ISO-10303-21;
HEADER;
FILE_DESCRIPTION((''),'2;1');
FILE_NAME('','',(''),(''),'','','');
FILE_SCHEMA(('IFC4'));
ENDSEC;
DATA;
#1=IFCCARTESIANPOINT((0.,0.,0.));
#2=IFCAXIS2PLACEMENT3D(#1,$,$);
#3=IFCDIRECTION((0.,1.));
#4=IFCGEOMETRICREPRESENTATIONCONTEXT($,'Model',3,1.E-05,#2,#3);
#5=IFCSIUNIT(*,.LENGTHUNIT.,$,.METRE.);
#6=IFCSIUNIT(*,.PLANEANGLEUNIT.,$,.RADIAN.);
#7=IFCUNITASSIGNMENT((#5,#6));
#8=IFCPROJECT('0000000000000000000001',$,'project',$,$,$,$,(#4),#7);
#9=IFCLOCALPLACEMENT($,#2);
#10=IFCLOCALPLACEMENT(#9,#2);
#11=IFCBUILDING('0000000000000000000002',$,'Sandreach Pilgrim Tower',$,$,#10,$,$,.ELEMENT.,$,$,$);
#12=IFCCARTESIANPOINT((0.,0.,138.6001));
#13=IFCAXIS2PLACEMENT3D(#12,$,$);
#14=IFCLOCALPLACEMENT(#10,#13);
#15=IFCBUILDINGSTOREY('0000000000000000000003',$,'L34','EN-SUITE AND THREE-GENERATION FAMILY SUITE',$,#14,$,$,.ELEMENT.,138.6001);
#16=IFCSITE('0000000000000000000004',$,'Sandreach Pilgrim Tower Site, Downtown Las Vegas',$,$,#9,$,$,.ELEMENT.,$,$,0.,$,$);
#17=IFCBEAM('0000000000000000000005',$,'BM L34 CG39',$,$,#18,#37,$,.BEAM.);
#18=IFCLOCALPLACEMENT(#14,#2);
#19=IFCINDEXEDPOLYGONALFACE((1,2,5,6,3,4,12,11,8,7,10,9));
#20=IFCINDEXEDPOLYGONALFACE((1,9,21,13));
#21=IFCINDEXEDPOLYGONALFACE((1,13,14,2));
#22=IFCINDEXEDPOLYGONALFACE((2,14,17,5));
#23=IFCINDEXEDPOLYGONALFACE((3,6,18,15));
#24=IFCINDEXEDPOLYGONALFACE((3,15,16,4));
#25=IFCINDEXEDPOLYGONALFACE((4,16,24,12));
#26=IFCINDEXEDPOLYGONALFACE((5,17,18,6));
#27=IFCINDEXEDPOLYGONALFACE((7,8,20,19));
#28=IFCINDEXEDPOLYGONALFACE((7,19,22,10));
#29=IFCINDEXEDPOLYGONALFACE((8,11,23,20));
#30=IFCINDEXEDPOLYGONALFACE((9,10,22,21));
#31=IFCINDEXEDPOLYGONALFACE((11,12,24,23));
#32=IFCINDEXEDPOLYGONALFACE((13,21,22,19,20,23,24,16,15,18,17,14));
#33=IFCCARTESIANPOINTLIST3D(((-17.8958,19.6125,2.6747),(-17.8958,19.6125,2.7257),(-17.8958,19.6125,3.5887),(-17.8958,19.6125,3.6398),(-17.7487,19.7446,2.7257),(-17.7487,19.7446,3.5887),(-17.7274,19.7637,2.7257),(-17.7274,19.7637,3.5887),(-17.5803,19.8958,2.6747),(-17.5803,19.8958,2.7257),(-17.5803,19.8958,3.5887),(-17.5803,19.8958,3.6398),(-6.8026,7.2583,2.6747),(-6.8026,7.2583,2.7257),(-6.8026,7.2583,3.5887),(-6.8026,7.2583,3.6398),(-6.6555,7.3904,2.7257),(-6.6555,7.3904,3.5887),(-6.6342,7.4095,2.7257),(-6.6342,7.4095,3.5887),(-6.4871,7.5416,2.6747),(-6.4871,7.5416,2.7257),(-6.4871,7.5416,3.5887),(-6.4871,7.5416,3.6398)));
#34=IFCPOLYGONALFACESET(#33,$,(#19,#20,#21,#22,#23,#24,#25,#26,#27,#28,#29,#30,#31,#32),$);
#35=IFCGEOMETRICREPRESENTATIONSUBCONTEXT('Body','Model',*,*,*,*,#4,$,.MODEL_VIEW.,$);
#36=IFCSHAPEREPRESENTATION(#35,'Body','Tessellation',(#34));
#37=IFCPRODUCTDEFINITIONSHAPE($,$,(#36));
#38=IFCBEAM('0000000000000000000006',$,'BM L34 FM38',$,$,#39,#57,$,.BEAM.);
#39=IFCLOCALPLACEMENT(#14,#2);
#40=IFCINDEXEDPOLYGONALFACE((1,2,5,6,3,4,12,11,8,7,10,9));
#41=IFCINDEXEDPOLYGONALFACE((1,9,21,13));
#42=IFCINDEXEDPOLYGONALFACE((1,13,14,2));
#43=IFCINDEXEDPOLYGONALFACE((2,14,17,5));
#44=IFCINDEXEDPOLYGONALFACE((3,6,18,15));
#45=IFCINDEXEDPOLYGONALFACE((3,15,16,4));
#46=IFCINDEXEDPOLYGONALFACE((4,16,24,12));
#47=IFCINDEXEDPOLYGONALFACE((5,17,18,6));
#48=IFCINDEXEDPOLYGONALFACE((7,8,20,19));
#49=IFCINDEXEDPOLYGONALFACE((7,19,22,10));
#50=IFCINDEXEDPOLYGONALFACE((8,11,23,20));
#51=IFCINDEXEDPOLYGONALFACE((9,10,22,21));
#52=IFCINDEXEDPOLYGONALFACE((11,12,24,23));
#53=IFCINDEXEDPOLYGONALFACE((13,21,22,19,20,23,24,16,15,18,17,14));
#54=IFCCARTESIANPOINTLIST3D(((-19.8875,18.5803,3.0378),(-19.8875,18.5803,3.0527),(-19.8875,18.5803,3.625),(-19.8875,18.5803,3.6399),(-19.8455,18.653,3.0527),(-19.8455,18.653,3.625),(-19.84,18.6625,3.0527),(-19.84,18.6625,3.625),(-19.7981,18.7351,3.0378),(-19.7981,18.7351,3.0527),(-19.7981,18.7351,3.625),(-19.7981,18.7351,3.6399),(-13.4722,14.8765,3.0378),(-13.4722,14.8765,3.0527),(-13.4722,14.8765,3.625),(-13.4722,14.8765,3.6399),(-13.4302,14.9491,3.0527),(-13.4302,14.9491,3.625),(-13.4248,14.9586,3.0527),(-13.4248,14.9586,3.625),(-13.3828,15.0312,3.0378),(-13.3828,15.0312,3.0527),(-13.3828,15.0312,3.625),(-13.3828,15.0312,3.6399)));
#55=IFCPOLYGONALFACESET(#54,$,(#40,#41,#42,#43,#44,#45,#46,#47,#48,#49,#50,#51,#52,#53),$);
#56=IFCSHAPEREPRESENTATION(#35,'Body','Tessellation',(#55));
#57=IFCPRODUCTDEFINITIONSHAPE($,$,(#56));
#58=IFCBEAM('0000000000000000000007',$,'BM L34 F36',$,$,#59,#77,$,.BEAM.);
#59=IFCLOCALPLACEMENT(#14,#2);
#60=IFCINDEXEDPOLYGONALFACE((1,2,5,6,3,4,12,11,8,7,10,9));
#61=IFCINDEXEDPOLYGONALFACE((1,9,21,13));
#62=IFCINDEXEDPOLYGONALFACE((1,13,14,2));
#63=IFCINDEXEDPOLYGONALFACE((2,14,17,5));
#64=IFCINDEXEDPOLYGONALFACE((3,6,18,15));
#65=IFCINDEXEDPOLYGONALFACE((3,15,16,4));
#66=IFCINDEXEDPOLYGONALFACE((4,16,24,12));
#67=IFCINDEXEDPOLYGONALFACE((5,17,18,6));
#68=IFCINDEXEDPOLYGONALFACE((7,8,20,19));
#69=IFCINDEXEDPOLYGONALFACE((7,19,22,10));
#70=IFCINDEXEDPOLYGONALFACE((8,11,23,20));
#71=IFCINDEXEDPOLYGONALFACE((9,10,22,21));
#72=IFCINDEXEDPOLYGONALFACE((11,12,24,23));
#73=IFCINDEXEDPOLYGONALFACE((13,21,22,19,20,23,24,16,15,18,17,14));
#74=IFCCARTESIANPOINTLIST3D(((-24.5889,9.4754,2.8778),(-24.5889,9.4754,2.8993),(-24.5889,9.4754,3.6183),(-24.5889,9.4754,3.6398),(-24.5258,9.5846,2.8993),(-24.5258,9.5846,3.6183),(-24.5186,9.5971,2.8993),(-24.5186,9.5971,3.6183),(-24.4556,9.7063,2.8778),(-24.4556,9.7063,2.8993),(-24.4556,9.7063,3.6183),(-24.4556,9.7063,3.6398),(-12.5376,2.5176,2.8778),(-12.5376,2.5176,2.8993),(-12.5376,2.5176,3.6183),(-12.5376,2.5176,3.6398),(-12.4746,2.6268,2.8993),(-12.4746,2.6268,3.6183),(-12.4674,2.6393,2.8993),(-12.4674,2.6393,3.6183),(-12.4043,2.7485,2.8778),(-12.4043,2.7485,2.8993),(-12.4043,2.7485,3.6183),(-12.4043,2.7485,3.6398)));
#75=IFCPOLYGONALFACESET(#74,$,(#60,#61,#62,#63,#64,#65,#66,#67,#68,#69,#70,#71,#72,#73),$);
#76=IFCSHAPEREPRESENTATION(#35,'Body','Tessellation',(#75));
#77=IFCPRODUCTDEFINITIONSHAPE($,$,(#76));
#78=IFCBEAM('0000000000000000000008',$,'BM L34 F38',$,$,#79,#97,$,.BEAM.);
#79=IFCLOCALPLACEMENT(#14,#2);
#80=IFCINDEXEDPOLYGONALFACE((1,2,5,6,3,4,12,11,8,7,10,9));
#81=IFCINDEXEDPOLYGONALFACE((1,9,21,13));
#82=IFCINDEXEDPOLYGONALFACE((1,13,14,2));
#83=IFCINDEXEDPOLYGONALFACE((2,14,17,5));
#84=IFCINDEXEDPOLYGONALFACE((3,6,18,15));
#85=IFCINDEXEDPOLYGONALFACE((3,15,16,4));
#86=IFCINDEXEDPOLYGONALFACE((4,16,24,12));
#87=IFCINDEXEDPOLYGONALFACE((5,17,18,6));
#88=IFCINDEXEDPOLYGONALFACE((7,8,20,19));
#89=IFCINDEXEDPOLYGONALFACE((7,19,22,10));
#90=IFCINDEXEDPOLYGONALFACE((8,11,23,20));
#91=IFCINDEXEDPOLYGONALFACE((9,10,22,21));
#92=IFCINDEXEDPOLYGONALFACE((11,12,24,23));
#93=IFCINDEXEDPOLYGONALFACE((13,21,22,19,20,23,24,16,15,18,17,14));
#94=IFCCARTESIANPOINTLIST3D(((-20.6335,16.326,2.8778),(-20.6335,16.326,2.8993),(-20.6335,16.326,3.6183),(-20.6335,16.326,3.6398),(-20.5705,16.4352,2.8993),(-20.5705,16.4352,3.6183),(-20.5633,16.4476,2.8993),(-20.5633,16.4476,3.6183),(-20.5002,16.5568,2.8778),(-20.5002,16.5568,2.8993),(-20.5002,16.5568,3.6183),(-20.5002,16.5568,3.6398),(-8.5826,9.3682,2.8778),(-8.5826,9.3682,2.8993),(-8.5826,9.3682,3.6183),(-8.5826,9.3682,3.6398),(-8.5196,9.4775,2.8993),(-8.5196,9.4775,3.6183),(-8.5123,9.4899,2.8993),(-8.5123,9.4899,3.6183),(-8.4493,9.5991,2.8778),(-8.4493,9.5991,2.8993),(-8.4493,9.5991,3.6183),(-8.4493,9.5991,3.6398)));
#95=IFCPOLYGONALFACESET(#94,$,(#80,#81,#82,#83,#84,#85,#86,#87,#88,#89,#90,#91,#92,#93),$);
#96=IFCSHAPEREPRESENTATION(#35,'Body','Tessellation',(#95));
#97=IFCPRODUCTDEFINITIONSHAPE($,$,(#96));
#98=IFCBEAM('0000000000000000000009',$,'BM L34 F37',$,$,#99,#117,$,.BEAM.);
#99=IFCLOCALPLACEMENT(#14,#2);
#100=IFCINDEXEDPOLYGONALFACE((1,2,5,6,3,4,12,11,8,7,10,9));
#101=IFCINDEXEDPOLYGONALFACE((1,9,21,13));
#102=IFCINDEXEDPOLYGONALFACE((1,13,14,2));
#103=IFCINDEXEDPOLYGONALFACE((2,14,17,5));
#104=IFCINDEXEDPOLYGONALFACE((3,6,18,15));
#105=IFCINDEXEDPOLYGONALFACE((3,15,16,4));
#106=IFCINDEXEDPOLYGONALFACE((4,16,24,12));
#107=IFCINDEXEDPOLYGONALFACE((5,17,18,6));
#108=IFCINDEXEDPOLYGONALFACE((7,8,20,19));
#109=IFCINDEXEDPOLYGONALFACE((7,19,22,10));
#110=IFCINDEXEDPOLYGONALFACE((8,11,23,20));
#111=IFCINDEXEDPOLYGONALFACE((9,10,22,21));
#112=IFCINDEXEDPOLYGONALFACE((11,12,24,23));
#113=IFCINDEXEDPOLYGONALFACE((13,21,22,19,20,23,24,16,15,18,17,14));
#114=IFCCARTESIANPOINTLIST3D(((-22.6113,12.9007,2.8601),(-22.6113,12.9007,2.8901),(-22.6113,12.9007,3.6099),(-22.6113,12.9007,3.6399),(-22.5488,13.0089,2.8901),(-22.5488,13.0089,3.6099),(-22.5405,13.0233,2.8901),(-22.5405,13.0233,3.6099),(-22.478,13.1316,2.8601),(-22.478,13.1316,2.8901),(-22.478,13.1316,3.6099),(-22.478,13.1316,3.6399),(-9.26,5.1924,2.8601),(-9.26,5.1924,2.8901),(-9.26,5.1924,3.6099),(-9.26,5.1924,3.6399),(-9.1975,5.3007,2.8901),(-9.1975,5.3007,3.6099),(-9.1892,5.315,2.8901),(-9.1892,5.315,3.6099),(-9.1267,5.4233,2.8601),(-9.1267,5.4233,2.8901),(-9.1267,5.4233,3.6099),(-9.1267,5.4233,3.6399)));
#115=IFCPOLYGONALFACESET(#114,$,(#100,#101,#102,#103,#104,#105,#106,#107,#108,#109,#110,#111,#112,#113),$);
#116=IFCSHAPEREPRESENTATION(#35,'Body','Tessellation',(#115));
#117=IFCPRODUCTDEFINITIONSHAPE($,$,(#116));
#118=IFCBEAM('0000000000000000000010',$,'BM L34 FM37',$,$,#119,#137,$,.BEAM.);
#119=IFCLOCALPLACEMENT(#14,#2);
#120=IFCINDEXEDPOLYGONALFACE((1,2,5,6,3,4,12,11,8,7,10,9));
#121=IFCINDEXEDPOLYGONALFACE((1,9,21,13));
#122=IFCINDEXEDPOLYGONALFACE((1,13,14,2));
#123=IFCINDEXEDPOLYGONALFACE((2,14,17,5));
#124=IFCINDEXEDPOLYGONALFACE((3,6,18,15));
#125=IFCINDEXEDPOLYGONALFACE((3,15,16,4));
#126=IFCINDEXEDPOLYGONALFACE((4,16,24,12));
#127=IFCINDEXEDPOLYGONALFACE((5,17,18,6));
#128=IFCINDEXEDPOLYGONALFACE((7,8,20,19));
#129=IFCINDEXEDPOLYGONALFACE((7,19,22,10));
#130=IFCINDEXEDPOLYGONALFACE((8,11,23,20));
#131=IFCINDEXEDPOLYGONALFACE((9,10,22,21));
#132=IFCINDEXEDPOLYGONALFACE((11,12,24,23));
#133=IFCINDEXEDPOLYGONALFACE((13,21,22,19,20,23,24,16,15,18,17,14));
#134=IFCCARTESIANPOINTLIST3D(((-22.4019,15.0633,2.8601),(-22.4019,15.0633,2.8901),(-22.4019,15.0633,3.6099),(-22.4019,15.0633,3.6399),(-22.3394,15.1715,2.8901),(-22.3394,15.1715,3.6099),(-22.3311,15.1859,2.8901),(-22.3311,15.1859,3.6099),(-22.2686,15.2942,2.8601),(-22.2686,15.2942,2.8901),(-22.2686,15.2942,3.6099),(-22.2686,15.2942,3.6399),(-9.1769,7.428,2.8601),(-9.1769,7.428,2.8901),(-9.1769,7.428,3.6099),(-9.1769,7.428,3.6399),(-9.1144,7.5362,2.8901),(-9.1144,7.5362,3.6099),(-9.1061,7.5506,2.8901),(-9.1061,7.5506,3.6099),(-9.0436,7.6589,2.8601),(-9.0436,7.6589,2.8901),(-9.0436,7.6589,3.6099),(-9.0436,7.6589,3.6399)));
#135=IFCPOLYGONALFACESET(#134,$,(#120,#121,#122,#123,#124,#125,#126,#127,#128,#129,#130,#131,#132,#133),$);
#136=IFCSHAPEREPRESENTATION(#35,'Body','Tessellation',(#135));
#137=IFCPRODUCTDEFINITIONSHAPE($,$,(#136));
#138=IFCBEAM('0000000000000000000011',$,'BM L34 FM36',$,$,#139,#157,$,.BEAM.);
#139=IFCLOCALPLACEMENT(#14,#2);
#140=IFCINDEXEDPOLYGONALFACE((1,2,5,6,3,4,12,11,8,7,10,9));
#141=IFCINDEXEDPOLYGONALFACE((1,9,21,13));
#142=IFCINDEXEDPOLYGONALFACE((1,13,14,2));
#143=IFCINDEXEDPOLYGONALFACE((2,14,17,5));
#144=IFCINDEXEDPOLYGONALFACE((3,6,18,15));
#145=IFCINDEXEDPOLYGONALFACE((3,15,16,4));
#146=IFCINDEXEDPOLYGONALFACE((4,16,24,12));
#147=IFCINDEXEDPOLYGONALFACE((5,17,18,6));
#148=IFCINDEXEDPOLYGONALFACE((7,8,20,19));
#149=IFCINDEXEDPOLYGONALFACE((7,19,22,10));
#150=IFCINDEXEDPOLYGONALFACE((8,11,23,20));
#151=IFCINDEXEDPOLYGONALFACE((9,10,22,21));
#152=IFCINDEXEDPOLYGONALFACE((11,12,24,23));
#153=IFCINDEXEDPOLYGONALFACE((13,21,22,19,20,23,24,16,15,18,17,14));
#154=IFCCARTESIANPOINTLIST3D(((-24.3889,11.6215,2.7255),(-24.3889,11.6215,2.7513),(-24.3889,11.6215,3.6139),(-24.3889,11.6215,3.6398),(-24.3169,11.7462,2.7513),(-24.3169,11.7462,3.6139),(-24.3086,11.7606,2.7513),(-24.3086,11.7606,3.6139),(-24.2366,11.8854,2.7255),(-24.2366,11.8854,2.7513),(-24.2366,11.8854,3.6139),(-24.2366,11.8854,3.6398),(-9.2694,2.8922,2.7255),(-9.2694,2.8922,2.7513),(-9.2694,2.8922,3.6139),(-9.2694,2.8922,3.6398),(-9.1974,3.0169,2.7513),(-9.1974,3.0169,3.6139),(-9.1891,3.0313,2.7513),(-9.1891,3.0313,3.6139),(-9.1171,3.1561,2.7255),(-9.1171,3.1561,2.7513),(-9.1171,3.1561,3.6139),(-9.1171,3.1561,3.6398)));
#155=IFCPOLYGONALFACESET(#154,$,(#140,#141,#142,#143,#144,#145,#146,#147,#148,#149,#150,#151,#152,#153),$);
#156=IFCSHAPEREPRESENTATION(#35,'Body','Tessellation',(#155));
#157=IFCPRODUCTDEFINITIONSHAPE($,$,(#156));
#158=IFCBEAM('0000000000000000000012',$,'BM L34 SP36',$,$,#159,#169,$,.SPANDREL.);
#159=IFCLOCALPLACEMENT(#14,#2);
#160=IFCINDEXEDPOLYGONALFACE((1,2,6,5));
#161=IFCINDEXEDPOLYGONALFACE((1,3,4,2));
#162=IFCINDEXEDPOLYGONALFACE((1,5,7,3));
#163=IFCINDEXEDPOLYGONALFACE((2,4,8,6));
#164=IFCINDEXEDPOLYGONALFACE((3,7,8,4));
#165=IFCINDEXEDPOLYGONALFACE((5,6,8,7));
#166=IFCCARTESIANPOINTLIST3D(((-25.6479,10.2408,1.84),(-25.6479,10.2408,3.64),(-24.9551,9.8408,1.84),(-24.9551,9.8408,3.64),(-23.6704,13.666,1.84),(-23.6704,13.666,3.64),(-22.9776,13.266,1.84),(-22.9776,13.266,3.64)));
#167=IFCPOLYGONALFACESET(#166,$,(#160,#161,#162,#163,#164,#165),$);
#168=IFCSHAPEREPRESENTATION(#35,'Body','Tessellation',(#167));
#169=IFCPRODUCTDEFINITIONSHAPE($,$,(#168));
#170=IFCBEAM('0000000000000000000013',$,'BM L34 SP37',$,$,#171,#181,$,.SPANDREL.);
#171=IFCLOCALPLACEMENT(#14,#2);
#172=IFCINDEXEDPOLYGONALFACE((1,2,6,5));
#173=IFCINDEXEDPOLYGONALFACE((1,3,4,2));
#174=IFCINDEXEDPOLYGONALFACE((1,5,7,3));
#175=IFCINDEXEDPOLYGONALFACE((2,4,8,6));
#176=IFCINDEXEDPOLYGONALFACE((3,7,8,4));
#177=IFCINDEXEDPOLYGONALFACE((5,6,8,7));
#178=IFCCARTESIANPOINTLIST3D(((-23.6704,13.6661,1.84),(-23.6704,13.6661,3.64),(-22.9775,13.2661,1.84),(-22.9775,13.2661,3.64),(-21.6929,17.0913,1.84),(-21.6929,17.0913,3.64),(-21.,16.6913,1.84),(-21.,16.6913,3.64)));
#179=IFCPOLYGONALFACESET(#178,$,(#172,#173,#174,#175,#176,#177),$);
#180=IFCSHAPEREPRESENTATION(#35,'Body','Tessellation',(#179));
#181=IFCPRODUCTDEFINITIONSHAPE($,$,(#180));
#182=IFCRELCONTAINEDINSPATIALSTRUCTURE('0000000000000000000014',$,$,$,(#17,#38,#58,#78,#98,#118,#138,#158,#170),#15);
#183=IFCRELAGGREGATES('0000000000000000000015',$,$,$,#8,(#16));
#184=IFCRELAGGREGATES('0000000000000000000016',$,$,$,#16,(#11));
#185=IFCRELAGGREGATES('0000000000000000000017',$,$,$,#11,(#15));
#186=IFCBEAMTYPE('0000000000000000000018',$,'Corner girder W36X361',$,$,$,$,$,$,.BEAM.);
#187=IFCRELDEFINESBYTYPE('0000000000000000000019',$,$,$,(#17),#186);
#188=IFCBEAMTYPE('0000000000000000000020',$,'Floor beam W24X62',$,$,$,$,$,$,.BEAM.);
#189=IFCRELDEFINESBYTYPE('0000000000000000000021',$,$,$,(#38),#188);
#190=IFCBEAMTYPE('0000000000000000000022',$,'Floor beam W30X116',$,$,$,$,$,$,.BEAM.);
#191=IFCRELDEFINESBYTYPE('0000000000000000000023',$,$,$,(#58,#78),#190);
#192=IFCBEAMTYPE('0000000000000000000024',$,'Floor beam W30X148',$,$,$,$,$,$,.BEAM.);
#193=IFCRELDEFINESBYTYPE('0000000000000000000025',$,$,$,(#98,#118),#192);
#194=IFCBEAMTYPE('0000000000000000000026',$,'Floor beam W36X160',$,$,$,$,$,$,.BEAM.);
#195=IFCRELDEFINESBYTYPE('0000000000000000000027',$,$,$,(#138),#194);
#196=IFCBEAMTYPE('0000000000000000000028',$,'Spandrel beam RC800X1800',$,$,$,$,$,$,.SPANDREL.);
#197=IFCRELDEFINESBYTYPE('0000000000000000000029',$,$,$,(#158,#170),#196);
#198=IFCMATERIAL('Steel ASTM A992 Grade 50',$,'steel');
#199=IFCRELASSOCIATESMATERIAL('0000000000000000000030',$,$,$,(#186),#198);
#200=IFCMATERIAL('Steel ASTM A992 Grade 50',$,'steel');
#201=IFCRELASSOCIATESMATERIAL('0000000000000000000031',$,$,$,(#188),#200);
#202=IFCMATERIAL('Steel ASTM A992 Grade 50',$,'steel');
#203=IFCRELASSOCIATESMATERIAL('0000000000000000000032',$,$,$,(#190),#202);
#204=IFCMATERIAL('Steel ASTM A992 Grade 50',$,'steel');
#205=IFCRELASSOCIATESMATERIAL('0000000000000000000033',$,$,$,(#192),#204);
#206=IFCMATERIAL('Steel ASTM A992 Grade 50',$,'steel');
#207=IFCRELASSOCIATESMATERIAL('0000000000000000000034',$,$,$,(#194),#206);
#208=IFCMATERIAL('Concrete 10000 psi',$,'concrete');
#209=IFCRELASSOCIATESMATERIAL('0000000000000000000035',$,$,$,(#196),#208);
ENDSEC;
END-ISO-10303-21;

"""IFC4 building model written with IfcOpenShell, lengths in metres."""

from ifc_helpers import new_model, si_unit, direction, frame, origin, origin_2d, place, context, subcontext, project, spatial, rectangle, i_section, extrude, material, material_profile, profile_set, type_object, element, save


model = new_model("IFC4")

# Units and contexts
model_context = context("Model", 3, precision=1e-05, world=origin(), true_north=direction((0.0, 1.0)))
body_context = subcontext(model_context, "Body", "Model", "MODEL_VIEW")
ifc_project = project(units=[si_unit("LENGTHUNIT", "METRE"), si_unit("PLANEANGLEUNIT", "RADIAN")], contexts=[model_context])

# Site, building, storey
site_placement = place(None, origin())
site = spatial("IfcSite", under=ifc_project, at=site_placement, Name="Sandreach Pilgrim Tower Site, Downtown Las Vegas", CompositionType="ELEMENT", RefElevation=0.0)
building_placement = place(site_placement, origin())
building = spatial("IfcBuilding", under=site, at=building_placement, Name="Sandreach Pilgrim Tower", CompositionType="ELEMENT")
storey_placement = place(building_placement, frame((0.0, 0.0, 138.6001)))
storey = spatial("IfcBuildingStorey", under=building, at=storey_placement, Name="L34", Description="EN-SUITE AND THREE-GENERATION FAMILY SUITE", CompositionType="ELEMENT", Elevation=138.6001)

# Beams
ifc_material_1 = material(Name="Steel ASTM A992 Grade 50", Category="steel")
ifc_material_profile_1 = material_profile(ifc_material_1, i_section(OverallWidth=0.4241, OverallDepth=0.9651, WebThickness=0.0286, FlangeThickness=0.051, at=origin_2d()), Name="W36X361")
ifc_profile_set_1 = profile_set([ifc_material_profile_1], Name="Steel ASTM A992 Grade 50")
beam_type_1 = type_object("IfcBeamType", Name="Corner girder W36X361", PredefinedType="BEAM", material=ifc_profile_set_1)
beam_1_placement = place(storey_placement, frame((-17.738, 19.7542, 3.1572), z_axis=(0.668114, -0.744059, 0.0), x_axis=(0.744059, 0.668114, 0.0)))
element("IfcBeam", 1, at=beam_1_placement, inside=storey, type_object=beam_type_1, Name="BM L34 CG39", PredefinedType="BEAM", context=body_context, shape_type="SweptSolid", body=[
    extrude(i_section(OverallWidth=0.4241, OverallDepth=0.9651, WebThickness=0.0286, FlangeThickness=0.051, at=origin_2d()), origin(), (0.0, 0.0, 1.0), 16.6038),
])
ifc_material_2 = material(Name="Steel ASTM A992 Grade 50", Category="steel")
ifc_material_profile_2 = material_profile(ifc_material_2, i_section(OverallWidth=0.1787, OverallDepth=0.6021, WebThickness=0.011, FlangeThickness=0.0149, at=origin_2d()), Name="W24X62")
ifc_profile_set_2 = profile_set([ifc_material_profile_2], Name="Steel ASTM A992 Grade 50")
beam_type_2 = type_object("IfcBeamType", Name="Floor beam W24X62", PredefinedType="BEAM", material=ifc_profile_set_2)
beam_2_placement = place(storey_placement, frame((-19.8428, 18.6577, 3.3389), z_axis=(0.866026, -0.499999, 0.0), x_axis=(0.499999, 0.866026, 0.0)))
element("IfcBeam", 2, at=beam_2_placement, inside=storey, type_object=beam_type_2, Name="BM L34 FM38", PredefinedType="BEAM", context=body_context, shape_type="SweptSolid", body=[
    extrude(i_section(OverallWidth=0.1787, OverallDepth=0.6021, WebThickness=0.011, FlangeThickness=0.0149, at=origin_2d()), origin(), (0.0, 0.0, 1.0), 7.4077),
])
ifc_material_3 = material(Name="Steel ASTM A992 Grade 50", Category="steel")
ifc_material_profile_3 = material_profile(ifc_material_3, i_section(OverallWidth=0.2666, OverallDepth=0.762, WebThickness=0.0144, FlangeThickness=0.0215, at=origin_2d()), Name="W30X116")
ifc_profile_set_3 = profile_set([ifc_material_profile_3], Name="Steel ASTM A992 Grade 50")
beam_type_3 = type_object("IfcBeamType", Name="Floor beam W30X116", PredefinedType="BEAM", material=ifc_profile_set_3)
beam_3_placement = place(storey_placement, frame((-24.5222, 9.5908, 3.2588), z_axis=(0.866027, -0.499998, 0.0), x_axis=(0.499998, 0.866027, 0.0)))
element("IfcBeam", 3, at=beam_3_placement, inside=storey, type_object=beam_type_3, Name="BM L34 F36", PredefinedType="BEAM", context=body_context, shape_type="SweptSolid", body=[
    extrude(i_section(OverallWidth=0.2666, OverallDepth=0.762, WebThickness=0.0144, FlangeThickness=0.0215, at=origin_2d()), origin(), (0.0, 0.0, 1.0), 13.9155),
])
beam_4_placement = place(storey_placement, frame((-20.5669, 16.4414, 3.2588), z_axis=(0.866022, -0.500005, 0.0), x_axis=(0.500005, 0.866022, 0.0)))
element("IfcBeam", 4, at=beam_4_placement, inside=storey, type_object=beam_type_3, Name="BM L34 F38", PredefinedType="BEAM", context=body_context, shape_type="SweptSolid", body=[
    extrude(i_section(OverallWidth=0.2666, OverallDepth=0.762, WebThickness=0.0144, FlangeThickness=0.0215, at=origin_2d()), origin(), (0.0, 0.0, 1.0), 13.9153),
])
ifc_material_4 = material(Name="Steel ASTM A992 Grade 50", Category="steel")
ifc_material_profile_4 = material_profile(ifc_material_4, i_section(OverallWidth=0.2666, OverallDepth=0.7798, WebThickness=0.0166, FlangeThickness=0.03, at=origin_2d()), Name="W30X148")
ifc_profile_set_4 = profile_set([ifc_material_profile_4], Name="Steel ASTM A992 Grade 50")
beam_type_4 = type_object("IfcBeamType", Name="Floor beam W30X148", PredefinedType="BEAM", material=ifc_profile_set_4)
beam_5_placement = place(storey_placement, frame((-22.5447, 13.0161, 3.25), z_axis=(0.866029, -0.499993, 0.0), x_axis=(0.499993, 0.866029, 0.0)))
element("IfcBeam", 5, at=beam_5_placement, inside=storey, type_object=beam_type_4, Name="BM L34 F37", PredefinedType="BEAM", context=body_context, shape_type="SweptSolid", body=[
    extrude(i_section(OverallWidth=0.2666, OverallDepth=0.7798, WebThickness=0.0166, FlangeThickness=0.03, at=origin_2d()), origin(), (0.0, 0.0, 1.0), 15.4167),
])
beam_6_placement = place(storey_placement, frame((-22.3352, 15.1787, 3.25), z_axis=(0.866029, -0.499994, 0.0), x_axis=(0.499994, 0.866029, 0.0)))
element("IfcBeam", 6, at=beam_6_placement, inside=storey, type_object=beam_type_4, Name="BM L34 FM37", PredefinedType="BEAM", context=body_context, shape_type="SweptSolid", body=[
    extrude(i_section(OverallWidth=0.2666, OverallDepth=0.7798, WebThickness=0.0166, FlangeThickness=0.03, at=origin_2d()), origin(), (0.0, 0.0, 1.0), 15.2708),
])
ifc_material_5 = material(Name="Steel ASTM A992 Grade 50", Category="steel")
ifc_material_profile_5 = material_profile(ifc_material_5, i_section(OverallWidth=0.3047, OverallDepth=0.9143, WebThickness=0.0166, FlangeThickness=0.0259, at=origin_2d()), Name="W36X160")
ifc_profile_set_5 = profile_set([ifc_material_profile_5], Name="Steel ASTM A992 Grade 50")
beam_type_5 = type_object("IfcBeamType", Name="Floor beam W36X160", PredefinedType="BEAM", material=ifc_profile_set_5)
beam_7_placement = place(storey_placement, frame((-24.3127, 11.7534, 3.1826), z_axis=(0.866024, -0.500003, 0.0), x_axis=(0.500003, 0.866024, 0.0)))
element("IfcBeam", 7, at=beam_7_placement, inside=storey, type_object=beam_type_5, Name="BM L34 FM36", PredefinedType="BEAM", context=body_context, shape_type="SweptSolid", body=[
    extrude(i_section(OverallWidth=0.3047, OverallDepth=0.9143, WebThickness=0.0166, FlangeThickness=0.0259, at=origin_2d()), origin(), (0.0, 0.0, 1.0), 17.4585),
])
ifc_material_6 = material(Name="Concrete 10000 psi", Category="concrete")
ifc_material_profile_6 = material_profile(ifc_material_6, rectangle(XDim=0.8, YDim=1.8, at=origin_2d()), Name="RC800X1800")
ifc_profile_set_6 = profile_set([ifc_material_profile_6], Name="Concrete 10000 psi")
beam_type_6 = type_object("IfcBeamType", Name="Spandrel beam RC800X1800", PredefinedType="SPANDREL", material=ifc_profile_set_6)
for number, where, z_axis, x_axis, name in (
    (8, (-25.3015, 10.0408, 2.74), (0.49999, 0.866031, 0.0), (-0.866031, 0.49999, 0.0), "BM L34 SP36"),
    (9, (-23.324, 13.4661, 2.74), (0.49999, 0.866031, 0.0), (-0.866031, 0.49999, 0.0), "BM L34 SP37"),
):
    element("IfcBeam", number, at=place(storey_placement, frame(where, z_axis=z_axis, x_axis=x_axis)), inside=storey, type_object=beam_type_6, Name=name, PredefinedType="SPANDREL", context=body_context, shape_type="SweptSolid", body=[
        extrude(rectangle(XDim=0.8, YDim=1.8, at=origin_2d()), origin(), (0.0, 0.0, 1.0), 3.9551),
    ])

save(model, "model.ifc")
